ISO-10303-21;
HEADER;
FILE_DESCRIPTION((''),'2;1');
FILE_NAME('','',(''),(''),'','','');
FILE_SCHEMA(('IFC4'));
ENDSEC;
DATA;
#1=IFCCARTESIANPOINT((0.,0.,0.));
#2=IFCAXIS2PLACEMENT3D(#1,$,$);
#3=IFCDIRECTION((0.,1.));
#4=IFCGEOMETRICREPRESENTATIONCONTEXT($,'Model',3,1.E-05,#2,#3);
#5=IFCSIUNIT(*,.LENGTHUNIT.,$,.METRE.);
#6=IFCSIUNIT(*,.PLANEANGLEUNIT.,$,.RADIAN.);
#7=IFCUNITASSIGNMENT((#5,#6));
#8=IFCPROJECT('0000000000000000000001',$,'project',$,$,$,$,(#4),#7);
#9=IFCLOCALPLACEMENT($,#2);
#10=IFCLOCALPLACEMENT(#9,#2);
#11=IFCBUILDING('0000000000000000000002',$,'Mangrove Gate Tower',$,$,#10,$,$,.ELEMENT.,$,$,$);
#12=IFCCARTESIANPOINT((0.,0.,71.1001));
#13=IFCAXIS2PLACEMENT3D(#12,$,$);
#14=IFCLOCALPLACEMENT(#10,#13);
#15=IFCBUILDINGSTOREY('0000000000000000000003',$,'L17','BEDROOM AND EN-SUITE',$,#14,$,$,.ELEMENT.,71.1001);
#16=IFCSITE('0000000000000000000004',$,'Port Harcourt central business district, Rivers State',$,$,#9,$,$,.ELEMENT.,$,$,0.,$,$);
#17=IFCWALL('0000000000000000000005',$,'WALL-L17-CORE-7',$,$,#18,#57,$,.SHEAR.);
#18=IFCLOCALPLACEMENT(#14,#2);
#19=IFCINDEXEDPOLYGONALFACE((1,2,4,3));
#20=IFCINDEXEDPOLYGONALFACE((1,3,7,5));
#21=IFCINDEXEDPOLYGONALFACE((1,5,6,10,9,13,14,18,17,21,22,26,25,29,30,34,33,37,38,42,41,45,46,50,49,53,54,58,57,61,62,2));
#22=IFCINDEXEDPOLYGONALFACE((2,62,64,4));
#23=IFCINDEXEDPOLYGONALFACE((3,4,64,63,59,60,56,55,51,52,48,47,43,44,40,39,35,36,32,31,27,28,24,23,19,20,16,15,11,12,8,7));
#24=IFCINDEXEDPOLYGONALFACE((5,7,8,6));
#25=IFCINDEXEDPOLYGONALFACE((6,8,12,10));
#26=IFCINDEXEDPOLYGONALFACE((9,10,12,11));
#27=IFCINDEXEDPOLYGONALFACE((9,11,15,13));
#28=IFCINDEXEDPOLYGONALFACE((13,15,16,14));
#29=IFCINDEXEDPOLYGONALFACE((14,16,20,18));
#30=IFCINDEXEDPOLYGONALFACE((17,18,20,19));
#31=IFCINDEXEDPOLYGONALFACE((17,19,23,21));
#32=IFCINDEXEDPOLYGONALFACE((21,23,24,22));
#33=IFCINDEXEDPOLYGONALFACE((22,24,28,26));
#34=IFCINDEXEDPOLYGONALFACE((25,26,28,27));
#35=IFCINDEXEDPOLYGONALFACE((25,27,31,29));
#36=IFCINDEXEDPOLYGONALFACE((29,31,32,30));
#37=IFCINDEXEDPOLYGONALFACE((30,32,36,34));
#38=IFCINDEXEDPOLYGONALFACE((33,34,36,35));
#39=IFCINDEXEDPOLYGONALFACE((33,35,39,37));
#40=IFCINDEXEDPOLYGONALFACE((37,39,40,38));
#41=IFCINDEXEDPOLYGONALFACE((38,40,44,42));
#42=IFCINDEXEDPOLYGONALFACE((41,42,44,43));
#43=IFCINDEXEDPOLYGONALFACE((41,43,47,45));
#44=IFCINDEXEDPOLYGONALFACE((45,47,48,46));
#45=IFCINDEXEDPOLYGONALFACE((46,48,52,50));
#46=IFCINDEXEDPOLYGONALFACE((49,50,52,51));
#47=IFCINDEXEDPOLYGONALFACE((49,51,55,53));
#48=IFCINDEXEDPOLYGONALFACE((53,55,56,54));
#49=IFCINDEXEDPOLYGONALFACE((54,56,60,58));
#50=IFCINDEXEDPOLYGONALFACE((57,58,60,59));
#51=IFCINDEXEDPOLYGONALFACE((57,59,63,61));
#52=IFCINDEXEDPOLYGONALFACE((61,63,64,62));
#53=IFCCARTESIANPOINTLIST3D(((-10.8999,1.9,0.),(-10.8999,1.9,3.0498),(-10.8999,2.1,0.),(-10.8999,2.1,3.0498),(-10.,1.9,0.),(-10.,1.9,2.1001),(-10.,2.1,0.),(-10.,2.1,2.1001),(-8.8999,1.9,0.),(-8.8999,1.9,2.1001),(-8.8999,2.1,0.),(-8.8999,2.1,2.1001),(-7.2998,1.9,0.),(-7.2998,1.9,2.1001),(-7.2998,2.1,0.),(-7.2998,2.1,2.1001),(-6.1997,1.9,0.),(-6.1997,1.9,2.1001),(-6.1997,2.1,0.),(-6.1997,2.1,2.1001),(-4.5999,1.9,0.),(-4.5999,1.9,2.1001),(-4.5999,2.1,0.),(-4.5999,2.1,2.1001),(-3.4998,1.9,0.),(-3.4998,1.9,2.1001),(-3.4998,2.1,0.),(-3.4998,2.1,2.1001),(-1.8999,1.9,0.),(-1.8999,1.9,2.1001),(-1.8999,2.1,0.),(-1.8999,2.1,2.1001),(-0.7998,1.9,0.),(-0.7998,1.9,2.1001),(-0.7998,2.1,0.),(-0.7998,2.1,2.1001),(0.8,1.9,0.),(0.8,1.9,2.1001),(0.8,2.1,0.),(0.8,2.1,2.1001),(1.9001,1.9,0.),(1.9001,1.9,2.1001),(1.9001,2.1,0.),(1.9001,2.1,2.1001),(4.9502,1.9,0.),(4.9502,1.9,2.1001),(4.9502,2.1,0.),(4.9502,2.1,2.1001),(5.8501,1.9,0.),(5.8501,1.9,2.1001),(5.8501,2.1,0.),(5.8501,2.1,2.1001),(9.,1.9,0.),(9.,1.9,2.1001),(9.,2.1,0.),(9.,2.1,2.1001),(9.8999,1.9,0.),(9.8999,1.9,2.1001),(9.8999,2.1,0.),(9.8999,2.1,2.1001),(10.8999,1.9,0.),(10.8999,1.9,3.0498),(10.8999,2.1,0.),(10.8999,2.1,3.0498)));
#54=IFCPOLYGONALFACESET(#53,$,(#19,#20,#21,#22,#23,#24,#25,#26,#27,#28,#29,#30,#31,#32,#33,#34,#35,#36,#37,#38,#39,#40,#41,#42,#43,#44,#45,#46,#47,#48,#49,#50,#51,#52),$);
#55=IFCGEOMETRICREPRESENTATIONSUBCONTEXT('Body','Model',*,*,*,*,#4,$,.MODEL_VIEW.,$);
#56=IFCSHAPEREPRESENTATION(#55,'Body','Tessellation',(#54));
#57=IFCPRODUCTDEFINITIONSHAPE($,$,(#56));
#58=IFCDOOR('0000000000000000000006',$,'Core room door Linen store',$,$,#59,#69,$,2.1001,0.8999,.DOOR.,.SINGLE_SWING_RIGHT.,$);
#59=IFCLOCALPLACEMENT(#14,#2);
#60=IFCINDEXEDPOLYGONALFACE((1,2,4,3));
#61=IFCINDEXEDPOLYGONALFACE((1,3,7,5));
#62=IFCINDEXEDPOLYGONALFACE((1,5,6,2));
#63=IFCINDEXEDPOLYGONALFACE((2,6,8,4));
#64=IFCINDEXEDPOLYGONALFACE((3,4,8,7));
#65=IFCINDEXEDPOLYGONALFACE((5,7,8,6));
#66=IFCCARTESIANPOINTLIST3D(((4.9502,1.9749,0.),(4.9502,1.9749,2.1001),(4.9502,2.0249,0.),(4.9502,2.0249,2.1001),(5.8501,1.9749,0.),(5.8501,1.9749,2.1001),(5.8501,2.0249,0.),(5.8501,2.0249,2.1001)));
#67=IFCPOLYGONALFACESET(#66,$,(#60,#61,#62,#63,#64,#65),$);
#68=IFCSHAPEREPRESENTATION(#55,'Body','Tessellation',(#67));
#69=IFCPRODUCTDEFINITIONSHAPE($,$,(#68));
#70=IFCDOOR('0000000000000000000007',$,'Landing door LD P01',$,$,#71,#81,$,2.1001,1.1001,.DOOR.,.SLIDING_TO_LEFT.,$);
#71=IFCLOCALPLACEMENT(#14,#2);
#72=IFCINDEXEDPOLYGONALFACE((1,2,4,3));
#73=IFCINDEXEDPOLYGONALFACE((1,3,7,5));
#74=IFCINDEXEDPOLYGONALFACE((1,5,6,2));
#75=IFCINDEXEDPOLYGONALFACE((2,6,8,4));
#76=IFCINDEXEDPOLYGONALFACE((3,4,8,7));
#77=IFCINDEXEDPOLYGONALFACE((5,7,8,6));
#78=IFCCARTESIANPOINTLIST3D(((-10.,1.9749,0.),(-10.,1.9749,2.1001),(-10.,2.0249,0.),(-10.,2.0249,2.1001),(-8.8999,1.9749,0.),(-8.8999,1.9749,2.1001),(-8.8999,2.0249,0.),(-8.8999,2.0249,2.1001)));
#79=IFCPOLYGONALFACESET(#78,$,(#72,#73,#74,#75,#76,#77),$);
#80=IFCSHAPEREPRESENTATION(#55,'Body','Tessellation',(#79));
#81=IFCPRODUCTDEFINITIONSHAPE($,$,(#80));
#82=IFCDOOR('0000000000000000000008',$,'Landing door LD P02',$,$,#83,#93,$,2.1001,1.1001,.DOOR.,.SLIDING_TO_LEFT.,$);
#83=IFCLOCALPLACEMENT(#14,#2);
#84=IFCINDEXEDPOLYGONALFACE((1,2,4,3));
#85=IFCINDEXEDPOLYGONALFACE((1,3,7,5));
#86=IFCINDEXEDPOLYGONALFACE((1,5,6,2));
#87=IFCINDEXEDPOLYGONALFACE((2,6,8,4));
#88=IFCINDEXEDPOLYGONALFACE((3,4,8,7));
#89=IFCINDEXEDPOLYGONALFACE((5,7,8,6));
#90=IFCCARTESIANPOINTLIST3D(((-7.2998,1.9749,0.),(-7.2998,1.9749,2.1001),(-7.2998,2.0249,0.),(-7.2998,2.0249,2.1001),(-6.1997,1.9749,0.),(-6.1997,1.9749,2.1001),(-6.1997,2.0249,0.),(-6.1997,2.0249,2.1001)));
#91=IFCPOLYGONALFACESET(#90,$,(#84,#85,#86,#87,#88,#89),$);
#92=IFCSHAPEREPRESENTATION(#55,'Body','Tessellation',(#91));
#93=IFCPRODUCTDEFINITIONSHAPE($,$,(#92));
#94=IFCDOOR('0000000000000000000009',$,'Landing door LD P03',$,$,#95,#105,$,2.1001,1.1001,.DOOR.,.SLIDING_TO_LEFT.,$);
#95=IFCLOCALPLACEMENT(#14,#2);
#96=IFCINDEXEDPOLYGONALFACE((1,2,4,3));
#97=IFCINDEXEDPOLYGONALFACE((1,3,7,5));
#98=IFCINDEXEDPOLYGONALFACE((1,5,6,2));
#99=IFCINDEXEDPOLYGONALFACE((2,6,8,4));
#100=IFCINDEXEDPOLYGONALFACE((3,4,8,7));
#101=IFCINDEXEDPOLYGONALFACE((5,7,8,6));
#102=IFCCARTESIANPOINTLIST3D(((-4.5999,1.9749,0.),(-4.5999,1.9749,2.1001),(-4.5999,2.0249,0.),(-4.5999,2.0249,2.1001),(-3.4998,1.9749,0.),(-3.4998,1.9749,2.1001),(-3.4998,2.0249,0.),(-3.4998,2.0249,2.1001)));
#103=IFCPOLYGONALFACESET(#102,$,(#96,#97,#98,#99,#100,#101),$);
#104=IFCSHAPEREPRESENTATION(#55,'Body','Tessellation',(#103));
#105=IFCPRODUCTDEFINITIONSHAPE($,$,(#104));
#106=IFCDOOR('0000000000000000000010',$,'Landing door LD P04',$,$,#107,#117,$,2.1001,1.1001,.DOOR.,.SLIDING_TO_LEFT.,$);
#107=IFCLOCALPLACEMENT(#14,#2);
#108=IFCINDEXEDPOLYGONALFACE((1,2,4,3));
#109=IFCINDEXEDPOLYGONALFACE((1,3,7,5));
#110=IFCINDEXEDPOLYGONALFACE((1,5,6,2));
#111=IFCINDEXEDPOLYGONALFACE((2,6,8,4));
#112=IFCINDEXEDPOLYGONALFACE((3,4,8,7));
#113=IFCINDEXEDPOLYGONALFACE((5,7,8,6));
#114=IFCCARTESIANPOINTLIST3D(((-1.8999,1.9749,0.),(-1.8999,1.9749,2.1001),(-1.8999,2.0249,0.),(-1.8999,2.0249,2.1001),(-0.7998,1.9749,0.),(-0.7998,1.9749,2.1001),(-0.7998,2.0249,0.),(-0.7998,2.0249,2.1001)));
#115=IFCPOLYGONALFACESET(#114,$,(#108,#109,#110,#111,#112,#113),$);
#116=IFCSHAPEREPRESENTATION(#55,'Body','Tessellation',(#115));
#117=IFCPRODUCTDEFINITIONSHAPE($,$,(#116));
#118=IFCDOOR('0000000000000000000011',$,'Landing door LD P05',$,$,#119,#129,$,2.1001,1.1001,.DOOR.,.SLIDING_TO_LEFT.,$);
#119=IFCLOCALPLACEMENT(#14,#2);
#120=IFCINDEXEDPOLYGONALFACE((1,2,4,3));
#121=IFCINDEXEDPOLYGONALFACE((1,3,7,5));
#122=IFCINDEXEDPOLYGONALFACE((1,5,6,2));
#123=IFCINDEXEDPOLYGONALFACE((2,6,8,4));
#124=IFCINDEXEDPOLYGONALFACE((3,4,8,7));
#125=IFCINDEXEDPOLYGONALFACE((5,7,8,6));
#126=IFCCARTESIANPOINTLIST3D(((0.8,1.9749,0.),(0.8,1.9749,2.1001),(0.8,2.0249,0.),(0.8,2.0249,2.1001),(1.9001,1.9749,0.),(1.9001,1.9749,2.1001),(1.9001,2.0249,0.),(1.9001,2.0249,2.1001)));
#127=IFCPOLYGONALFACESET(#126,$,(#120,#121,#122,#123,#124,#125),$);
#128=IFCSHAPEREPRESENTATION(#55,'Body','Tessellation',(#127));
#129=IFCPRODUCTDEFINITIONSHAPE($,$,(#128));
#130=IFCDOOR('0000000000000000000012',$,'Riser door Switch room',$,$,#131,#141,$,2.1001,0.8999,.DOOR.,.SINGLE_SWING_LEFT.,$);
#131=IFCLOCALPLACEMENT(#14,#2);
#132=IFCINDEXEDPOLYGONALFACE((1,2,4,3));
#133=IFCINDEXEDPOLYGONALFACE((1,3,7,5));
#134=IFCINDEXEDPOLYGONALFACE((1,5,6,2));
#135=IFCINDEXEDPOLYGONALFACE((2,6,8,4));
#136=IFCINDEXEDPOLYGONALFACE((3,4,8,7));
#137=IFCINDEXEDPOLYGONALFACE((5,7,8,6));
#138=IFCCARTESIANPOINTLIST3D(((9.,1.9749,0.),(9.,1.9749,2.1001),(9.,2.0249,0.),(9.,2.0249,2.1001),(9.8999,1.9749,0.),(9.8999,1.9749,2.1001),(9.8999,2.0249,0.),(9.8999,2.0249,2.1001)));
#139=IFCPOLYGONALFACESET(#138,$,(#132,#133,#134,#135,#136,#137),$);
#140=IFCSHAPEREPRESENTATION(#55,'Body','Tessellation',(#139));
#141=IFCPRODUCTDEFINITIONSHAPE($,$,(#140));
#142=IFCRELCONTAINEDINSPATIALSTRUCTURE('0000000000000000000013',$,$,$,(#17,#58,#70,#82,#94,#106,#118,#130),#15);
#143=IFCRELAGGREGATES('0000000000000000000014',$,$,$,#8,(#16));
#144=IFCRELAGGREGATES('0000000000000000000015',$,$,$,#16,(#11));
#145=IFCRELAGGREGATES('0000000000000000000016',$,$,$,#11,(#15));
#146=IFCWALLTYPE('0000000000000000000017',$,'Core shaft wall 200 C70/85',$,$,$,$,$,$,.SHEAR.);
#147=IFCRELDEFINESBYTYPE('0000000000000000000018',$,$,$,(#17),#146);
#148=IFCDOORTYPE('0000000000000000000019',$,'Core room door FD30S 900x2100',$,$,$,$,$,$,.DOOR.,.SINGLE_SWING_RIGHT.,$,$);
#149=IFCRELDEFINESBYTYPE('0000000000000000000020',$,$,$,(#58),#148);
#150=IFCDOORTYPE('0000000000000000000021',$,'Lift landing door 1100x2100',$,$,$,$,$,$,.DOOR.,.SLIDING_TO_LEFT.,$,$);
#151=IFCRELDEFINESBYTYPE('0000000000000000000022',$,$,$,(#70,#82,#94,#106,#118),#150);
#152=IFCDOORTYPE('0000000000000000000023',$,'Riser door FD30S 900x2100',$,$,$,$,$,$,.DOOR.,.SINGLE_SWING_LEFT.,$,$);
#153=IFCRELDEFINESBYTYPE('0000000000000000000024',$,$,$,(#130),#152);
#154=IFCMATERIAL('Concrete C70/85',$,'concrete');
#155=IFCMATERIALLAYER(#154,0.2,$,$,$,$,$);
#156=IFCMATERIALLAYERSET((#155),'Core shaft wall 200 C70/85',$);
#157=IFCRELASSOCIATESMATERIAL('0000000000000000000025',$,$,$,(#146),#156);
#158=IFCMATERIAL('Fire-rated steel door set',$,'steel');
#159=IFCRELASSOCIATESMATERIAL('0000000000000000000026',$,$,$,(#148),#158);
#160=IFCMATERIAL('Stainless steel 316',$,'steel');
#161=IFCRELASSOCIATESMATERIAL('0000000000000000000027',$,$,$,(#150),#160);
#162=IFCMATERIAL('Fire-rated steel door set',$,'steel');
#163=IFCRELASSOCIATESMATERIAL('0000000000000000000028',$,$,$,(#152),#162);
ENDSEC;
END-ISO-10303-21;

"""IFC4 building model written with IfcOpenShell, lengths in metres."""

from ifc_helpers import new_model, si_unit, direction, frame, frame_2d, origin, place, context, subcontext, project, spatial, rectangle, extrude, material, layer, layer_set, type_object, element, fill, save


model = new_model("IFC4")

# Units and contexts
model_context = context("Model", 3, precision=1e-05, world=origin(), true_north=direction((0.0, 1.0)))
body_context = subcontext(model_context, "Body", "Model", "MODEL_VIEW")
ifc_project = project(units=[si_unit("LENGTHUNIT", "METRE"), si_unit("PLANEANGLEUNIT", "RADIAN")], contexts=[model_context])

# Site, building, storey
site_placement = place(None, origin())
site = spatial("IfcSite", under=ifc_project, at=site_placement, Name="Port Harcourt central business district, Rivers State", CompositionType="ELEMENT", RefElevation=0.0)
building_placement = place(site_placement, origin())
building = spatial("IfcBuilding", under=site, at=building_placement, Name="Mangrove Gate Tower", CompositionType="ELEMENT")
storey_placement = place(building_placement, frame((0.0, 0.0, 71.1001)))
storey = spatial("IfcBuildingStorey", under=building, at=storey_placement, Name="L17", Description="BEDROOM AND EN-SUITE", CompositionType="ELEMENT", Elevation=71.1001)

# Wall, openings, doors
ifc_material_1 = material(Name="Concrete C70/85", Category="concrete")
ifc_layer_1 = layer(ifc_material_1, 0.2)
ifc_layer_set_1 = layer_set([ifc_layer_1], Name="Core shaft wall 200 C70/85")
wall_type = type_object("IfcWallType", Name="Core shaft wall 200 C70/85", PredefinedType="SHEAR", material=ifc_layer_set_1)
wall_1_placement = place(storey_placement, frame((-10.8999, 2.0, 0.0), z_axis=(0.0, 0.0, 1.0), x_axis=(1.0, 0.0, 0.0)))
wall_1 = element("IfcWall", 1, at=wall_1_placement, inside=storey, type_object=wall_type, Name="WALL-L17-CORE-7", PredefinedType="SHEAR", context=body_context, shape_type="SweptSolid", body=[
    extrude(rectangle(XDim=21.7998, YDim=0.2, at=frame_2d((10.8999, 0.0))), origin(), (0.0, 0.0, 1.0), 3.0498),
])
opening_1_placement = place(wall_1_placement, frame((0.8999, 0.0, 0.0)))
opening_1 = element("IfcOpeningElement", 2, at=opening_1_placement, cuts=wall_1, PredefinedType="OPENING", context=body_context, shape_type="SweptSolid", body=[
    extrude(rectangle(XDim=1.1001, YDim=2.1001, at=frame_2d((0.55, 1.05))), frame((0.0, 0.1099, 0.0), z_axis=(0.0, -1.0, 0.0), x_axis=(1.0, 0.0, 0.0)), (0.0, 0.0, 1.0), 0.22),
])
opening_2_placement = place(wall_1_placement, frame((3.6001, 0.0, 0.0)))
opening_2 = element("IfcOpeningElement", 3, at=opening_2_placement, cuts=wall_1, PredefinedType="OPENING", context=body_context, shape_type="SweptSolid", body=[
    extrude(rectangle(XDim=1.1001, YDim=2.1001, at=frame_2d((0.55, 1.05))), frame((0.0, 0.1099, 0.0), z_axis=(0.0, -1.0, 0.0), x_axis=(1.0, 0.0, 0.0)), (0.0, 0.0, 1.0), 0.22),
])
opening_3_placement = place(wall_1_placement, frame((6.3, 0.0, 0.0)))
opening_3 = element("IfcOpeningElement", 4, at=opening_3_placement, cuts=wall_1, PredefinedType="OPENING", context=body_context, shape_type="SweptSolid", body=[
    extrude(rectangle(XDim=1.1001, YDim=2.1001, at=frame_2d((0.55, 1.05))), frame((0.0, 0.1099, 0.0), z_axis=(0.0, -1.0, 0.0), x_axis=(1.0, 0.0, 0.0)), (0.0, 0.0, 1.0), 0.22),
])
opening_4_placement = place(wall_1_placement, frame((9.0, 0.0, 0.0)))
opening_4 = element("IfcOpeningElement", 5, at=opening_4_placement, cuts=wall_1, PredefinedType="OPENING", context=body_context, shape_type="SweptSolid", body=[
    extrude(rectangle(XDim=1.1001, YDim=2.1001, at=frame_2d((0.55, 1.05))), frame((0.0, 0.1099, 0.0), z_axis=(0.0, -1.0, 0.0), x_axis=(1.0, 0.0, 0.0)), (0.0, 0.0, 1.0), 0.22),
])
opening_5_placement = place(wall_1_placement, frame((11.7, 0.0, 0.0)))
opening_5 = element("IfcOpeningElement", 6, at=opening_5_placement, cuts=wall_1, PredefinedType="OPENING", context=body_context, shape_type="SweptSolid", body=[
    extrude(rectangle(XDim=1.1001, YDim=2.1001, at=frame_2d((0.55, 1.05))), frame((0.0, 0.1099, 0.0), z_axis=(0.0, -1.0, 0.0), x_axis=(1.0, 0.0, 0.0)), (0.0, 0.0, 1.0), 0.22),
])
opening_6_placement = place(wall_1_placement, frame((15.8501, 0.0, 0.0)))
opening_6 = element("IfcOpeningElement", 7, at=opening_6_placement, cuts=wall_1, PredefinedType="OPENING", context=body_context, shape_type="SweptSolid", body=[
    extrude(rectangle(XDim=0.8999, YDim=2.1001, at=frame_2d((0.45, 1.05))), frame((0.0, 0.1099, 0.0), z_axis=(0.0, -1.0, 0.0), x_axis=(1.0, 0.0, 0.0)), (0.0, 0.0, 1.0), 0.22),
])
opening_7_placement = place(wall_1_placement, frame((19.8999, 0.0, 0.0)))
opening_7 = element("IfcOpeningElement", 8, at=opening_7_placement, cuts=wall_1, PredefinedType="OPENING", context=body_context, shape_type="SweptSolid", body=[
    extrude(rectangle(XDim=0.8999, YDim=2.1001, at=frame_2d((0.45, 1.05))), frame((0.0, 0.1099, 0.0), z_axis=(0.0, -1.0, 0.0), x_axis=(1.0, 0.0, 0.0)), (0.0, 0.0, 1.0), 0.22),
])
ifc_material_2 = material(Name="Fire-rated steel door set", Category="steel")
door_type_1 = type_object("IfcDoorType", Name="Core room door FD30S 900x2100", OperationType="SINGLE_SWING_RIGHT", PredefinedType="DOOR", material=ifc_material_2)
door_1_placement = place(opening_6_placement, origin())
door_1 = element("IfcDoor", 9, at=door_1_placement, inside=storey, type_object=door_type_1, Name="Core room door Linen store", OperationType="SINGLE_SWING_RIGHT", OverallHeight=2.1001, OverallWidth=0.8999, PredefinedType="DOOR", context=body_context, shape_type="SweptSolid", body=[
    extrude(rectangle(XDim=0.8999, YDim=2.1001, at=frame_2d((0.45, 1.05))), frame((0.0, 0.0249, 0.0), z_axis=(0.0, -1.0, 0.0), x_axis=(1.0, 0.0, 0.0)), (0.0, 0.0, 1.0), 0.05),
])
fill(opening_6, door_1)
ifc_material_3 = material(Name="Stainless steel 316", Category="steel")
door_type_2 = type_object("IfcDoorType", Name="Lift landing door 1100x2100", OperationType="SLIDING_TO_LEFT", PredefinedType="DOOR", material=ifc_material_3)
door_2_placement = place(opening_1_placement, origin())
door_2 = element("IfcDoor", 10, at=door_2_placement, inside=storey, type_object=door_type_2, Name="Landing door LD P01", OperationType="SLIDING_TO_LEFT", OverallHeight=2.1001, OverallWidth=1.1001, PredefinedType="DOOR", context=body_context, shape_type="SweptSolid", body=[
    extrude(rectangle(XDim=1.1001, YDim=2.1001, at=frame_2d((0.55, 1.05))), frame((0.0, 0.0249, 0.0), z_axis=(0.0, -1.0, 0.0), x_axis=(1.0, 0.0, 0.0)), (0.0, 0.0, 1.0), 0.05),
])
fill(opening_1, door_2)
door_3_placement = place(opening_2_placement, origin())
door_3 = element("IfcDoor", 11, at=door_3_placement, inside=storey, type_object=door_type_2, Name="Landing door LD P02", OperationType="SLIDING_TO_LEFT", OverallHeight=2.1001, OverallWidth=1.1001, PredefinedType="DOOR", context=body_context, shape_type="SweptSolid", body=[
    extrude(rectangle(XDim=1.1001, YDim=2.1001, at=frame_2d((0.55, 1.05))), frame((0.0, 0.0249, 0.0), z_axis=(0.0, -1.0, 0.0), x_axis=(1.0, 0.0, 0.0)), (0.0, 0.0, 1.0), 0.05),
])
fill(opening_2, door_3)
door_4_placement = place(opening_3_placement, origin())
door_4 = element("IfcDoor", 12, at=door_4_placement, inside=storey, type_object=door_type_2, Name="Landing door LD P03", OperationType="SLIDING_TO_LEFT", OverallHeight=2.1001, OverallWidth=1.1001, PredefinedType="DOOR", context=body_context, shape_type="SweptSolid", body=[
    extrude(rectangle(XDim=1.1001, YDim=2.1001, at=frame_2d((0.55, 1.05))), frame((0.0, 0.0249, 0.0), z_axis=(0.0, -1.0, 0.0), x_axis=(1.0, 0.0, 0.0)), (0.0, 0.0, 1.0), 0.05),
])
fill(opening_3, door_4)
door_5_placement = place(opening_4_placement, origin())
door_5 = element("IfcDoor", 13, at=door_5_placement, inside=storey, type_object=door_type_2, Name="Landing door LD P04", OperationType="SLIDING_TO_LEFT", OverallHeight=2.1001, OverallWidth=1.1001, PredefinedType="DOOR", context=body_context, shape_type="SweptSolid", body=[
    extrude(rectangle(XDim=1.1001, YDim=2.1001, at=frame_2d((0.55, 1.05))), frame((0.0, 0.0249, 0.0), z_axis=(0.0, -1.0, 0.0), x_axis=(1.0, 0.0, 0.0)), (0.0, 0.0, 1.0), 0.05),
])
fill(opening_4, door_5)
door_6_placement = place(opening_5_placement, origin())
door_6 = element("IfcDoor", 14, at=door_6_placement, inside=storey, type_object=door_type_2, Name="Landing door LD P05", OperationType="SLIDING_TO_LEFT", OverallHeight=2.1001, OverallWidth=1.1001, PredefinedType="DOOR", context=body_context, shape_type="SweptSolid", body=[
    extrude(rectangle(XDim=1.1001, YDim=2.1001, at=frame_2d((0.55, 1.05))), frame((0.0, 0.0249, 0.0), z_axis=(0.0, -1.0, 0.0), x_axis=(1.0, 0.0, 0.0)), (0.0, 0.0, 1.0), 0.05),
])
fill(opening_5, door_6)
ifc_material_4 = material(Name="Fire-rated steel door set", Category="steel")
door_type_3 = type_object("IfcDoorType", Name="Riser door FD30S 900x2100", OperationType="SINGLE_SWING_LEFT", PredefinedType="DOOR", material=ifc_material_4)
door_7_placement = place(opening_7_placement, origin())
door_7 = element("IfcDoor", 15, at=door_7_placement, inside=storey, type_object=door_type_3, Name="Riser door Switch room", OperationType="SINGLE_SWING_LEFT", OverallHeight=2.1001, OverallWidth=0.8999, PredefinedType="DOOR", context=body_context, shape_type="SweptSolid", body=[
    extrude(rectangle(XDim=0.8999, YDim=2.1001, at=frame_2d((0.45, 1.05))), frame((0.0, 0.0249, 0.0), z_axis=(0.0, -1.0, 0.0), x_axis=(1.0, 0.0, 0.0)), (0.0, 0.0, 1.0), 0.05),
])
fill(opening_7, door_7)

save(model, "model.ifc")
